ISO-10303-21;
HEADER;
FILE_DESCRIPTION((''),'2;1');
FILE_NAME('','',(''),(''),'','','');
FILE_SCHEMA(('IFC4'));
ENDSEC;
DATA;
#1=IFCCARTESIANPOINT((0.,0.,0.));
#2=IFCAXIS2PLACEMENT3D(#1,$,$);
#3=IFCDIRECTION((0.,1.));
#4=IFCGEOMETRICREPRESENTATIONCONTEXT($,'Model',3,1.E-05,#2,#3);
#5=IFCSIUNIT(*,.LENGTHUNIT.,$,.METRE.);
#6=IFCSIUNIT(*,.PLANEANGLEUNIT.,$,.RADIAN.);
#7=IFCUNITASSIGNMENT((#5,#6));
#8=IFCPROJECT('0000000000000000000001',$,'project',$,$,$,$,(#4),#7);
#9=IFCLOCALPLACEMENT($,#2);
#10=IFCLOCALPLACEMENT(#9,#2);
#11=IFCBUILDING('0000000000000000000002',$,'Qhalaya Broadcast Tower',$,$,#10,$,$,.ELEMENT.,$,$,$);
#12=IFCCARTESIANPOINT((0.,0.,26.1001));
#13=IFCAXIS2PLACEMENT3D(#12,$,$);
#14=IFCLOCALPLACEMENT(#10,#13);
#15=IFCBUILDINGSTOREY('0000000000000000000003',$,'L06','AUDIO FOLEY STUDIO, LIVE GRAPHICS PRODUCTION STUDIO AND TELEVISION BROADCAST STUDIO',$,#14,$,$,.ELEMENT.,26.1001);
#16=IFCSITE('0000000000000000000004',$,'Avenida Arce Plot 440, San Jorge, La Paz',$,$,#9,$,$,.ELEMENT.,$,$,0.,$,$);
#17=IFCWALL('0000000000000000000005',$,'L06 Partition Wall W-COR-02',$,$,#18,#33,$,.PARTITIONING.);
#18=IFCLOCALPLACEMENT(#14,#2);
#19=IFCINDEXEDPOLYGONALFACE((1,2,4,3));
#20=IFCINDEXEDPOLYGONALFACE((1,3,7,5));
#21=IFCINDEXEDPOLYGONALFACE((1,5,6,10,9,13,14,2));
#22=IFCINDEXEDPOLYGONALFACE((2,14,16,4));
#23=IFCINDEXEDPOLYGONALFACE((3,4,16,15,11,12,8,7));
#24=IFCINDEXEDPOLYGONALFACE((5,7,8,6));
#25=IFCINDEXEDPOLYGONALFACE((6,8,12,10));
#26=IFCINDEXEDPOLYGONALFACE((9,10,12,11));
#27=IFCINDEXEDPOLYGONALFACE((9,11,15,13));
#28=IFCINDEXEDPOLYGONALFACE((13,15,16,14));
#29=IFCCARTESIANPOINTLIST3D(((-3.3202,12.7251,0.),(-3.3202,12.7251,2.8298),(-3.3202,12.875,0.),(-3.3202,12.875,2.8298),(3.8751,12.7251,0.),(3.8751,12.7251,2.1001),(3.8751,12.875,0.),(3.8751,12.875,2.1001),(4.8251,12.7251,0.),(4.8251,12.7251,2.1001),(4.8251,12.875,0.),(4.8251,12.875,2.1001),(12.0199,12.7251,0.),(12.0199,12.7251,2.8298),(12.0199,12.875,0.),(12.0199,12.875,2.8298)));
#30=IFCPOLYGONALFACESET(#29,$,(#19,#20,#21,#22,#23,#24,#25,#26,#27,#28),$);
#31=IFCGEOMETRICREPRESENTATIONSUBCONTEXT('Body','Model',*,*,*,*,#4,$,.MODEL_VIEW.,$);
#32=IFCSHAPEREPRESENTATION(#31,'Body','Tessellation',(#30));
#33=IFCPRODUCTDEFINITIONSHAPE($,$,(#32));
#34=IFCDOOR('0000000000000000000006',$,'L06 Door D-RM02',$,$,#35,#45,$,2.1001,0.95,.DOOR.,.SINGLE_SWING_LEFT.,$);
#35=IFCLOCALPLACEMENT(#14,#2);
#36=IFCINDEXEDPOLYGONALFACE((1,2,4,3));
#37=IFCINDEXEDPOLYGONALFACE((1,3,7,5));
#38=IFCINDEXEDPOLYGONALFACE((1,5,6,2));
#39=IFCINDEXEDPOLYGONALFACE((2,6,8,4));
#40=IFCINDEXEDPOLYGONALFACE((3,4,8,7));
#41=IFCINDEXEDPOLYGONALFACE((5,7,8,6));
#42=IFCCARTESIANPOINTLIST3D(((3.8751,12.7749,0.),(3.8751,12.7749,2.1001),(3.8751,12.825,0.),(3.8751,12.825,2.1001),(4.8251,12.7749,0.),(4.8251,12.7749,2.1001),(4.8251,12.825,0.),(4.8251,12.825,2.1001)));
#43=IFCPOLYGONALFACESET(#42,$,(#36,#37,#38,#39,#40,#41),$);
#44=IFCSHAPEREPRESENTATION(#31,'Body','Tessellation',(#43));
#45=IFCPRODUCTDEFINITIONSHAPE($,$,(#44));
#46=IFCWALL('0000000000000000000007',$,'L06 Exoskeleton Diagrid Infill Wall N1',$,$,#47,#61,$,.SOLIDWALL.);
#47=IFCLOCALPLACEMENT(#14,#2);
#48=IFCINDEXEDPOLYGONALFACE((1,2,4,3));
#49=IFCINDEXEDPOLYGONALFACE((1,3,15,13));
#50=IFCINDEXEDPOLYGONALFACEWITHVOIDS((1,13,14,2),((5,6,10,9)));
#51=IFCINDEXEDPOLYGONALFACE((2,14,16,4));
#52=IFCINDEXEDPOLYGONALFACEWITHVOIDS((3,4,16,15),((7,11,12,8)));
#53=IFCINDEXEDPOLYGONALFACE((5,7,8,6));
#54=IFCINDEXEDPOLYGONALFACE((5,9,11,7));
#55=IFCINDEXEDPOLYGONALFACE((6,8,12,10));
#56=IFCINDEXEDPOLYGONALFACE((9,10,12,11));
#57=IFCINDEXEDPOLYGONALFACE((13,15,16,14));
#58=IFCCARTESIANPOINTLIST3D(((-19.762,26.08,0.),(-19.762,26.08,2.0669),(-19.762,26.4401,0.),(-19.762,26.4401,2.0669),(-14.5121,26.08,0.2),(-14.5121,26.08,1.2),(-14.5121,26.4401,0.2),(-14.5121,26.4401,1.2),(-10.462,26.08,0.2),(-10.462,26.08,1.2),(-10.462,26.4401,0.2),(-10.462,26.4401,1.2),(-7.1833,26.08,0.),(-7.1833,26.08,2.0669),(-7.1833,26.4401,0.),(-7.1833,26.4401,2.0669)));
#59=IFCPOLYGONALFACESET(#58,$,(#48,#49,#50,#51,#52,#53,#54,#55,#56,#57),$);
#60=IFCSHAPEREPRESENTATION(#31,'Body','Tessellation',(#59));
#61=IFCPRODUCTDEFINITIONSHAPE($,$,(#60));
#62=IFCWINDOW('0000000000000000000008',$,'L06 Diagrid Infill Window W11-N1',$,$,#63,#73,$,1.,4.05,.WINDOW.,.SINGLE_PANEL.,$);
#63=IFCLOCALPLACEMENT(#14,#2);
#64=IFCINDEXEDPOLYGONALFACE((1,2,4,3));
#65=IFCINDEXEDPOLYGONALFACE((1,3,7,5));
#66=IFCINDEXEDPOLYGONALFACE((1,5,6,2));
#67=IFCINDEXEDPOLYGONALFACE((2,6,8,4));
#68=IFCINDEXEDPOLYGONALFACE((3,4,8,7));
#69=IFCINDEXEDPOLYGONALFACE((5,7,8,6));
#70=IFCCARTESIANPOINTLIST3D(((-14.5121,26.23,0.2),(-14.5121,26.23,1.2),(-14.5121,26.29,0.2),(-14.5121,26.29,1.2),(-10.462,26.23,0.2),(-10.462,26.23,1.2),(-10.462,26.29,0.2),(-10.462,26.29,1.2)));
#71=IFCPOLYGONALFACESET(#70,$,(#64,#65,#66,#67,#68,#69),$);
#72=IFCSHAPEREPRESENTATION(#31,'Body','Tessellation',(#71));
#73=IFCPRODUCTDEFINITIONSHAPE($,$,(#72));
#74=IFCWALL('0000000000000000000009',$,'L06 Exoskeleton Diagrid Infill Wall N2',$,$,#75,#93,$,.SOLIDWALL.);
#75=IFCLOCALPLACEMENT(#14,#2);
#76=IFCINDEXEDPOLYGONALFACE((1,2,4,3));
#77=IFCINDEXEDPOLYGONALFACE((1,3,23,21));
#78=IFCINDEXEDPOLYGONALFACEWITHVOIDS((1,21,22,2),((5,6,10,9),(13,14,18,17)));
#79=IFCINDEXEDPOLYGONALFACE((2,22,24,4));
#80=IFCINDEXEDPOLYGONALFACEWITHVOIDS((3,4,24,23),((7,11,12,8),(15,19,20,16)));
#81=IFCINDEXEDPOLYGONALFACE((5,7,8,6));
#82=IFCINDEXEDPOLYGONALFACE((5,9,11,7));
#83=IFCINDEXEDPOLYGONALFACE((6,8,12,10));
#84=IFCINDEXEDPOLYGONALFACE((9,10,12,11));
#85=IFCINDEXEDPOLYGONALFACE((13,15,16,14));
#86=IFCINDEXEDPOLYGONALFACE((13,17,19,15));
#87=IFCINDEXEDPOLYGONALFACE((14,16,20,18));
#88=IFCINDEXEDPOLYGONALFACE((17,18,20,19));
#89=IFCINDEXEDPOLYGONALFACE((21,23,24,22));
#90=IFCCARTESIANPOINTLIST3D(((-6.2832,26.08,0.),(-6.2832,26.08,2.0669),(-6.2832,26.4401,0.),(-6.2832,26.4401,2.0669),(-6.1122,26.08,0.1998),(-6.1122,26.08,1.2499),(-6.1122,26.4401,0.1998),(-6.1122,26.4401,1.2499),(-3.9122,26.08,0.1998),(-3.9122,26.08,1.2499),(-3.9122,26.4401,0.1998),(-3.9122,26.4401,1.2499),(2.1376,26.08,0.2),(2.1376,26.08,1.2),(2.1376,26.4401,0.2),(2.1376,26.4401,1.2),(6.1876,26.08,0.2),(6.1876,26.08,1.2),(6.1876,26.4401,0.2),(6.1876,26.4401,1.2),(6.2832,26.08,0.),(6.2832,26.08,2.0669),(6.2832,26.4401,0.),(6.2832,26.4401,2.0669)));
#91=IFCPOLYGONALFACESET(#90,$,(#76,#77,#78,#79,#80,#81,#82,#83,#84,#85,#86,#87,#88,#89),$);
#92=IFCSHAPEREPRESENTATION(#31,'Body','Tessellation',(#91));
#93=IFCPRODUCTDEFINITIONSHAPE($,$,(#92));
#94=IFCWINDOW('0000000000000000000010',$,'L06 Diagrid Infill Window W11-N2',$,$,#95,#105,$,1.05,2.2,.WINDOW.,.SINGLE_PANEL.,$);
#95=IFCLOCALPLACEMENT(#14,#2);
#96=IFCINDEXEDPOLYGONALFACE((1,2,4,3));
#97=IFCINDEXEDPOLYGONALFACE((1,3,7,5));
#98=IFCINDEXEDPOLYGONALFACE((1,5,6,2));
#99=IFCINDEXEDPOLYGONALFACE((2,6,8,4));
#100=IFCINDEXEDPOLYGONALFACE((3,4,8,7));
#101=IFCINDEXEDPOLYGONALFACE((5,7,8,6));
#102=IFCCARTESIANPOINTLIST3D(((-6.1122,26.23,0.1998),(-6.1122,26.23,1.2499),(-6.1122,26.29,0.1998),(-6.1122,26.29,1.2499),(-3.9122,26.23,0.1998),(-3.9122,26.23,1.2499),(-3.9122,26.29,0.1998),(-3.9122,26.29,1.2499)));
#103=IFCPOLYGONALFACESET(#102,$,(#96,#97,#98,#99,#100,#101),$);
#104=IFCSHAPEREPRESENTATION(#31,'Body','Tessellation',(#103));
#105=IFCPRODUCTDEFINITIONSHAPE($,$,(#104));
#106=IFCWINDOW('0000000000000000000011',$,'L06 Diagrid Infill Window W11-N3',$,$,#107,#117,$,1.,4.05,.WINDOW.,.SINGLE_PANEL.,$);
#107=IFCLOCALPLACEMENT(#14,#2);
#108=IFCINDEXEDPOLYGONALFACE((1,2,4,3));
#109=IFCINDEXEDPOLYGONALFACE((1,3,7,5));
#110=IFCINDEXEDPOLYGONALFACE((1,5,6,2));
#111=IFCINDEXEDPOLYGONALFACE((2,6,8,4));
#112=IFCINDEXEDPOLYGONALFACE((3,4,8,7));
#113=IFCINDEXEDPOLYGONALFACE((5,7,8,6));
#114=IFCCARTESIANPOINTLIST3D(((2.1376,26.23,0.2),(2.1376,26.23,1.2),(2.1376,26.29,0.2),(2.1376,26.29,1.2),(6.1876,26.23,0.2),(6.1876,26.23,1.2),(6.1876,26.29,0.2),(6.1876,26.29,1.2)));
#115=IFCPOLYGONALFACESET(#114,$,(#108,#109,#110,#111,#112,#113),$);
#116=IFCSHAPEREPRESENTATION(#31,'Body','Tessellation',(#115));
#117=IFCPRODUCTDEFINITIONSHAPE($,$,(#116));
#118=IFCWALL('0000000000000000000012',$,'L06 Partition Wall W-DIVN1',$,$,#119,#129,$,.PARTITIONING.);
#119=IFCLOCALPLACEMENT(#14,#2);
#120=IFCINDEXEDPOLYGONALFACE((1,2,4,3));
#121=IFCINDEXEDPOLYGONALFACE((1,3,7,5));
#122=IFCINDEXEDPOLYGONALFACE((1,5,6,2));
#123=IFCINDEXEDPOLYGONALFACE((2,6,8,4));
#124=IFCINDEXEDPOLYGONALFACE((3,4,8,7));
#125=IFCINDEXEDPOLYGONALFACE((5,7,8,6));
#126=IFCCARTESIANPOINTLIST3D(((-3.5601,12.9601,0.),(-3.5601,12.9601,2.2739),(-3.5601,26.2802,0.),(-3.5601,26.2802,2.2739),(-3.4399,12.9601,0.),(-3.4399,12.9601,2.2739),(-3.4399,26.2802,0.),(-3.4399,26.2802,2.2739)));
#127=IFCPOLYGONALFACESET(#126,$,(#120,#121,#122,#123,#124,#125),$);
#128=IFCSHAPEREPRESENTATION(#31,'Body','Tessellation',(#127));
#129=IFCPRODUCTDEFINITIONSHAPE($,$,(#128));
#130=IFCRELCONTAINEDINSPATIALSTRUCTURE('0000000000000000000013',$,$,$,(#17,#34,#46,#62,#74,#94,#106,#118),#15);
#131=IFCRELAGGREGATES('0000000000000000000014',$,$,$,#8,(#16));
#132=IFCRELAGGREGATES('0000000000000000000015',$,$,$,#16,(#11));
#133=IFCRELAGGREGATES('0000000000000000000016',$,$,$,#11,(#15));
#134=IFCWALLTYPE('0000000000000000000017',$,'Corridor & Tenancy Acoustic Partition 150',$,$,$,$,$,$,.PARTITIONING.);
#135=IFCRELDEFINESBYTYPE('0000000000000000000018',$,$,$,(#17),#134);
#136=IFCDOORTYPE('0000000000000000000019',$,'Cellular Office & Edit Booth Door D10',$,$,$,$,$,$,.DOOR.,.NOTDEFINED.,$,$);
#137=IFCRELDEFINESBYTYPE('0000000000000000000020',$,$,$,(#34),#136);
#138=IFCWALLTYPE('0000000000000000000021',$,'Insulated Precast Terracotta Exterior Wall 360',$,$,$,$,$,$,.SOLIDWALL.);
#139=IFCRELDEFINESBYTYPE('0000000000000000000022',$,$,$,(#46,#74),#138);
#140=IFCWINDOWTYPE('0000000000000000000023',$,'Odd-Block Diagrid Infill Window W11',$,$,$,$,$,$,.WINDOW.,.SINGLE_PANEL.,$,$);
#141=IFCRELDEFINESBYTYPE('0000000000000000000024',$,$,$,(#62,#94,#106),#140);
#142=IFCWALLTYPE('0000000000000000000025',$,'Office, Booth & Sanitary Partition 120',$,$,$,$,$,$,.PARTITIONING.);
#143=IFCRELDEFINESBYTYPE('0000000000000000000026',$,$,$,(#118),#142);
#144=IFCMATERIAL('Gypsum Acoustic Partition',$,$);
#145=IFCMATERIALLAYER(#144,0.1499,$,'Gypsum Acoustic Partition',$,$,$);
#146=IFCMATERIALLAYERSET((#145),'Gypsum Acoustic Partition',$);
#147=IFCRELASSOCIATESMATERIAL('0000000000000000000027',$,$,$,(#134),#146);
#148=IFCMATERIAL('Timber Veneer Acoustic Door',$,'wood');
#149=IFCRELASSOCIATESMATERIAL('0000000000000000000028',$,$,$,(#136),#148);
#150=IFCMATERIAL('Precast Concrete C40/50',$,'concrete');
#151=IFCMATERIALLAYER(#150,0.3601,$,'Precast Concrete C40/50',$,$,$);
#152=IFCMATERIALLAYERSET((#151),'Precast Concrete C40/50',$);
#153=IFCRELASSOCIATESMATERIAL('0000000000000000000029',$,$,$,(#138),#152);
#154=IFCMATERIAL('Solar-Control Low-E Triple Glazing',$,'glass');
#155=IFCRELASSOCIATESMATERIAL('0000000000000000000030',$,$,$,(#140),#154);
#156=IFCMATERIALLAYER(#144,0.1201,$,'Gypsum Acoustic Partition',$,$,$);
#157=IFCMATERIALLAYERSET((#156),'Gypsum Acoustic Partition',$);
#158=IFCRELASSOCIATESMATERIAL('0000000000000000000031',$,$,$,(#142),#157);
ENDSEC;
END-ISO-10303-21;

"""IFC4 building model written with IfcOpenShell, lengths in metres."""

from ifc_helpers import new_model, si_unit, direction, frame, frame_2d, origin, place, context, subcontext, project, spatial, rectangle, extrude, material, layer, layer_set, type_object, element, fill, save


model = new_model("IFC4")

# Units and contexts
model_context = context("Model", 3, precision=1e-05, world=origin(), true_north=direction((0.0, 1.0)))
body_context = subcontext(model_context, "Body", "Model", "MODEL_VIEW")
ifc_project = project(units=[si_unit("LENGTHUNIT", "METRE"), si_unit("PLANEANGLEUNIT", "RADIAN")], contexts=[model_context])

# Site, building, storey
site_placement = place(None, origin())
site = spatial("IfcSite", under=ifc_project, at=site_placement, Name="Avenida Arce Plot 440, San Jorge, La Paz", CompositionType="ELEMENT", RefElevation=0.0)
building_placement = place(site_placement, origin())
building = spatial("IfcBuilding", under=site, at=building_placement, Name="Qhalaya Broadcast Tower", CompositionType="ELEMENT")
storey_placement = place(building_placement, frame((0.0, 0.0, 26.1001)))
storey = spatial("IfcBuildingStorey", under=building, at=storey_placement, Name="L06", Description="AUDIO FOLEY STUDIO, LIVE GRAPHICS PRODUCTION STUDIO AND TELEVISION BROADCAST STUDIO", CompositionType="ELEMENT", Elevation=26.1001)

# Wall, opening, door
ifc_material_1 = material(Name="Gypsum Acoustic Partition")
ifc_layer_1 = layer(ifc_material_1, 0.1499, Name="Gypsum Acoustic Partition")
ifc_layer_set_1 = layer_set([ifc_layer_1], Name="Gypsum Acoustic Partition")
wall_type_1 = type_object("IfcWallType", Name="Corridor & Tenancy Acoustic Partition 150", PredefinedType="PARTITIONING", material=ifc_layer_set_1)
wall_1_placement = place(storey_placement, frame((-3.3201, 12.8, 0.0), z_axis=(0.0, 0.0, 1.0), x_axis=(1.0, 0.0, 0.0)))
wall_1 = element("IfcWall", 1, at=wall_1_placement, inside=storey, type_object=wall_type_1, Name="L06 Partition Wall W-COR-02", PredefinedType="PARTITIONING", context=body_context, shape_type="SweptSolid", body=[
    extrude(rectangle(XDim=15.3401, YDim=0.1499, at=frame_2d((7.6699, 0.0))), origin(), (0.0, 0.0, 1.0), 2.8298),
])
opening_1_placement = place(wall_1_placement, frame((7.1951, 0.0, 0.0)))
opening_1 = element("IfcOpeningElement", 2, at=opening_1_placement, cuts=wall_1, PredefinedType="OPENING", context=body_context, shape_type="SweptSolid", body=[
    extrude(rectangle(XDim=0.95, YDim=2.1001, at=frame_2d((0.4751, 1.05))), frame((0.0, 0.0869, 0.0), z_axis=(0.0, -1.0, 0.0), x_axis=(1.0, 0.0, 0.0)), (0.0, 0.0, 1.0), 0.1738),
])
ifc_material_2 = material(Name="Timber Veneer Acoustic Door", Category="wood")
door_type = type_object("IfcDoorType", Name="Cellular Office & Edit Booth Door D10", OperationType="NOTDEFINED", PredefinedType="DOOR", material=ifc_material_2)
door_placement = place(opening_1_placement, origin())
door = element("IfcDoor", 3, at=door_placement, inside=storey, type_object=door_type, Name="L06 Door D-RM02", OperationType="SINGLE_SWING_LEFT", OverallHeight=2.1001, OverallWidth=0.95, PredefinedType="DOOR", context=body_context, shape_type="SweptSolid", body=[
    extrude(rectangle(XDim=0.95, YDim=2.1001, at=frame_2d((0.4751, 1.05))), frame((0.0, 0.0249, 0.0), z_axis=(0.0, -1.0, 0.0), x_axis=(1.0, 0.0, 0.0)), (0.0, 0.0, 1.0), 0.05),
])
fill(opening_1, door)

# Wall, opening, window
ifc_material_3 = material(Name="Precast Concrete C40/50", Category="concrete")
ifc_layer_2 = layer(ifc_material_3, 0.3601, Name="Precast Concrete C40/50")
ifc_layer_set_2 = layer_set([ifc_layer_2], Name="Precast Concrete C40/50")
wall_type_2 = type_object("IfcWallType", Name="Insulated Precast Terracotta Exterior Wall 360", PredefinedType="SOLIDWALL", material=ifc_layer_set_2)
wall_2_placement = place(storey_placement, frame((-19.762, 26.26, 0.0), z_axis=(0.0, 0.0, 1.0), x_axis=(1.0, 0.0, 0.0)))
wall_2 = element("IfcWall", 4, at=wall_2_placement, inside=storey, type_object=wall_type_2, Name="L06 Exoskeleton Diagrid Infill Wall N1", PredefinedType="SOLIDWALL", context=body_context, shape_type="SweptSolid", body=[
    extrude(rectangle(XDim=12.5786, YDim=0.3601, at=frame_2d((6.2893, 0.0))), origin(), (0.0, 0.0, 1.0), 2.0669),
])
opening_2_placement = place(wall_2_placement, frame((5.25, 0.0, 0.2)))
opening_2 = element("IfcOpeningElement", 5, at=opening_2_placement, cuts=wall_2, PredefinedType="OPENING", context=body_context, shape_type="SweptSolid", body=[
    extrude(rectangle(XDim=4.05, YDim=1.0, at=frame_2d((2.0249, 0.5))), frame((0.0, 0.1921, 0.0), z_axis=(0.0, -1.0, 0.0), x_axis=(1.0, 0.0, 0.0)), (0.0, 0.0, 1.0), 0.384),
])
ifc_material_4 = material(Name="Solar-Control Low-E Triple Glazing", Category="glass")
window_type = type_object("IfcWindowType", Name="Odd-Block Diagrid Infill Window W11", PartitioningType="SINGLE_PANEL", PredefinedType="WINDOW", material=ifc_material_4)
window_1_placement = place(opening_2_placement, origin())
window_1 = element("IfcWindow", 6, at=window_1_placement, inside=storey, type_object=window_type, Name="L06 Diagrid Infill Window W11-N1", OverallHeight=1.0, OverallWidth=4.05, PartitioningType="SINGLE_PANEL", PredefinedType="WINDOW", context=body_context, shape_type="SweptSolid", body=[
    extrude(rectangle(XDim=4.05, YDim=1.0, at=frame_2d((2.0249, 0.5))), frame((0.0, 0.03, 0.0), z_axis=(0.0, -1.0, 0.0), x_axis=(1.0, 0.0, 0.0)), (0.0, 0.0, 1.0), 0.0601),
])
fill(opening_2, window_1)

# Wall, openings, windows
wall_3_placement = place(storey_placement, frame((-6.2832, 26.26, 0.0), z_axis=(0.0, 0.0, 1.0), x_axis=(1.0, 0.0, 0.0)))
wall_3 = element("IfcWall", 7, at=wall_3_placement, inside=storey, type_object=wall_type_2, Name="L06 Exoskeleton Diagrid Infill Wall N2", PredefinedType="SOLIDWALL", context=body_context, shape_type="SweptSolid", body=[
    extrude(rectangle(XDim=12.5664, YDim=0.3601, at=frame_2d((6.2832, 0.0))), origin(), (0.0, 0.0, 1.0), 2.0669),
])
opening_3_placement = place(wall_3_placement, frame((0.1709, 0.0, 0.2)))
opening_3 = element("IfcOpeningElement", 8, at=opening_3_placement, cuts=wall_3, PredefinedType="OPENING", context=body_context, shape_type="SweptSolid", body=[
    extrude(rectangle(XDim=2.2, YDim=1.05, at=frame_2d((1.1001, 0.5249))), frame((0.0, 0.1921, 0.0), z_axis=(0.0, -1.0, 0.0), x_axis=(1.0, 0.0, 0.0)), (0.0, 0.0, 1.0), 0.384),
])
opening_4_placement = place(wall_3_placement, frame((8.4209, 0.0, 0.2)))
opening_4 = element("IfcOpeningElement", 9, at=opening_4_placement, cuts=wall_3, PredefinedType="OPENING", context=body_context, shape_type="SweptSolid", body=[
    extrude(rectangle(XDim=4.05, YDim=1.0, at=frame_2d((2.0249, 0.5))), frame((0.0, 0.1921, 0.0), z_axis=(0.0, -1.0, 0.0), x_axis=(1.0, 0.0, 0.0)), (0.0, 0.0, 1.0), 0.384),
])
window_2_placement = place(opening_3_placement, origin())
window_2 = element("IfcWindow", 10, at=window_2_placement, inside=storey, type_object=window_type, Name="L06 Diagrid Infill Window W11-N2", OverallHeight=1.05, OverallWidth=2.2, PartitioningType="SINGLE_PANEL", PredefinedType="WINDOW", context=body_context, shape_type="SweptSolid", body=[
    extrude(rectangle(XDim=2.2, YDim=1.05, at=frame_2d((1.1001, 0.5249))), frame((0.0, 0.03, 0.0), z_axis=(0.0, -1.0, 0.0), x_axis=(1.0, 0.0, 0.0)), (0.0, 0.0, 1.0), 0.0601),
])
fill(opening_3, window_2)
window_3_placement = place(opening_4_placement, origin())
window_3 = element("IfcWindow", 11, at=window_3_placement, inside=storey, type_object=window_type, Name="L06 Diagrid Infill Window W11-N3", OverallHeight=1.0, OverallWidth=4.05, PartitioningType="SINGLE_PANEL", PredefinedType="WINDOW", context=body_context, shape_type="SweptSolid", body=[
    extrude(rectangle(XDim=4.05, YDim=1.0, at=frame_2d((2.0249, 0.5))), frame((0.0, 0.03, 0.0), z_axis=(0.0, -1.0, 0.0), x_axis=(1.0, 0.0, 0.0)), (0.0, 0.0, 1.0), 0.0601),
])
fill(opening_4, window_3)

# Wall
ifc_layer_3 = layer(ifc_material_1, 0.1201, Name="Gypsum Acoustic Partition")
ifc_layer_set_3 = layer_set([ifc_layer_3], Name="Gypsum Acoustic Partition")
wall_type_3 = type_object("IfcWallType", Name="Office, Booth & Sanitary Partition 120", PredefinedType="PARTITIONING", material=ifc_layer_set_3)
wall_4_placement = place(storey_placement, frame((-3.5, 12.96, 0.0), z_axis=(0.0, 0.0, 1.0), x_axis=(0.0, 1.0, 0.0)))
element("IfcWall", 12, at=wall_4_placement, inside=storey, type_object=wall_type_3, Name="L06 Partition Wall W-DIVN1", PredefinedType="PARTITIONING", context=body_context, shape_type="SweptSolid", body=[
    extrude(rectangle(XDim=13.3201, YDim=0.1201, at=frame_2d((6.6602, 0.0))), origin(), (0.0, 0.0, 1.0), 2.2739),
])

save(model, "model.ifc")
